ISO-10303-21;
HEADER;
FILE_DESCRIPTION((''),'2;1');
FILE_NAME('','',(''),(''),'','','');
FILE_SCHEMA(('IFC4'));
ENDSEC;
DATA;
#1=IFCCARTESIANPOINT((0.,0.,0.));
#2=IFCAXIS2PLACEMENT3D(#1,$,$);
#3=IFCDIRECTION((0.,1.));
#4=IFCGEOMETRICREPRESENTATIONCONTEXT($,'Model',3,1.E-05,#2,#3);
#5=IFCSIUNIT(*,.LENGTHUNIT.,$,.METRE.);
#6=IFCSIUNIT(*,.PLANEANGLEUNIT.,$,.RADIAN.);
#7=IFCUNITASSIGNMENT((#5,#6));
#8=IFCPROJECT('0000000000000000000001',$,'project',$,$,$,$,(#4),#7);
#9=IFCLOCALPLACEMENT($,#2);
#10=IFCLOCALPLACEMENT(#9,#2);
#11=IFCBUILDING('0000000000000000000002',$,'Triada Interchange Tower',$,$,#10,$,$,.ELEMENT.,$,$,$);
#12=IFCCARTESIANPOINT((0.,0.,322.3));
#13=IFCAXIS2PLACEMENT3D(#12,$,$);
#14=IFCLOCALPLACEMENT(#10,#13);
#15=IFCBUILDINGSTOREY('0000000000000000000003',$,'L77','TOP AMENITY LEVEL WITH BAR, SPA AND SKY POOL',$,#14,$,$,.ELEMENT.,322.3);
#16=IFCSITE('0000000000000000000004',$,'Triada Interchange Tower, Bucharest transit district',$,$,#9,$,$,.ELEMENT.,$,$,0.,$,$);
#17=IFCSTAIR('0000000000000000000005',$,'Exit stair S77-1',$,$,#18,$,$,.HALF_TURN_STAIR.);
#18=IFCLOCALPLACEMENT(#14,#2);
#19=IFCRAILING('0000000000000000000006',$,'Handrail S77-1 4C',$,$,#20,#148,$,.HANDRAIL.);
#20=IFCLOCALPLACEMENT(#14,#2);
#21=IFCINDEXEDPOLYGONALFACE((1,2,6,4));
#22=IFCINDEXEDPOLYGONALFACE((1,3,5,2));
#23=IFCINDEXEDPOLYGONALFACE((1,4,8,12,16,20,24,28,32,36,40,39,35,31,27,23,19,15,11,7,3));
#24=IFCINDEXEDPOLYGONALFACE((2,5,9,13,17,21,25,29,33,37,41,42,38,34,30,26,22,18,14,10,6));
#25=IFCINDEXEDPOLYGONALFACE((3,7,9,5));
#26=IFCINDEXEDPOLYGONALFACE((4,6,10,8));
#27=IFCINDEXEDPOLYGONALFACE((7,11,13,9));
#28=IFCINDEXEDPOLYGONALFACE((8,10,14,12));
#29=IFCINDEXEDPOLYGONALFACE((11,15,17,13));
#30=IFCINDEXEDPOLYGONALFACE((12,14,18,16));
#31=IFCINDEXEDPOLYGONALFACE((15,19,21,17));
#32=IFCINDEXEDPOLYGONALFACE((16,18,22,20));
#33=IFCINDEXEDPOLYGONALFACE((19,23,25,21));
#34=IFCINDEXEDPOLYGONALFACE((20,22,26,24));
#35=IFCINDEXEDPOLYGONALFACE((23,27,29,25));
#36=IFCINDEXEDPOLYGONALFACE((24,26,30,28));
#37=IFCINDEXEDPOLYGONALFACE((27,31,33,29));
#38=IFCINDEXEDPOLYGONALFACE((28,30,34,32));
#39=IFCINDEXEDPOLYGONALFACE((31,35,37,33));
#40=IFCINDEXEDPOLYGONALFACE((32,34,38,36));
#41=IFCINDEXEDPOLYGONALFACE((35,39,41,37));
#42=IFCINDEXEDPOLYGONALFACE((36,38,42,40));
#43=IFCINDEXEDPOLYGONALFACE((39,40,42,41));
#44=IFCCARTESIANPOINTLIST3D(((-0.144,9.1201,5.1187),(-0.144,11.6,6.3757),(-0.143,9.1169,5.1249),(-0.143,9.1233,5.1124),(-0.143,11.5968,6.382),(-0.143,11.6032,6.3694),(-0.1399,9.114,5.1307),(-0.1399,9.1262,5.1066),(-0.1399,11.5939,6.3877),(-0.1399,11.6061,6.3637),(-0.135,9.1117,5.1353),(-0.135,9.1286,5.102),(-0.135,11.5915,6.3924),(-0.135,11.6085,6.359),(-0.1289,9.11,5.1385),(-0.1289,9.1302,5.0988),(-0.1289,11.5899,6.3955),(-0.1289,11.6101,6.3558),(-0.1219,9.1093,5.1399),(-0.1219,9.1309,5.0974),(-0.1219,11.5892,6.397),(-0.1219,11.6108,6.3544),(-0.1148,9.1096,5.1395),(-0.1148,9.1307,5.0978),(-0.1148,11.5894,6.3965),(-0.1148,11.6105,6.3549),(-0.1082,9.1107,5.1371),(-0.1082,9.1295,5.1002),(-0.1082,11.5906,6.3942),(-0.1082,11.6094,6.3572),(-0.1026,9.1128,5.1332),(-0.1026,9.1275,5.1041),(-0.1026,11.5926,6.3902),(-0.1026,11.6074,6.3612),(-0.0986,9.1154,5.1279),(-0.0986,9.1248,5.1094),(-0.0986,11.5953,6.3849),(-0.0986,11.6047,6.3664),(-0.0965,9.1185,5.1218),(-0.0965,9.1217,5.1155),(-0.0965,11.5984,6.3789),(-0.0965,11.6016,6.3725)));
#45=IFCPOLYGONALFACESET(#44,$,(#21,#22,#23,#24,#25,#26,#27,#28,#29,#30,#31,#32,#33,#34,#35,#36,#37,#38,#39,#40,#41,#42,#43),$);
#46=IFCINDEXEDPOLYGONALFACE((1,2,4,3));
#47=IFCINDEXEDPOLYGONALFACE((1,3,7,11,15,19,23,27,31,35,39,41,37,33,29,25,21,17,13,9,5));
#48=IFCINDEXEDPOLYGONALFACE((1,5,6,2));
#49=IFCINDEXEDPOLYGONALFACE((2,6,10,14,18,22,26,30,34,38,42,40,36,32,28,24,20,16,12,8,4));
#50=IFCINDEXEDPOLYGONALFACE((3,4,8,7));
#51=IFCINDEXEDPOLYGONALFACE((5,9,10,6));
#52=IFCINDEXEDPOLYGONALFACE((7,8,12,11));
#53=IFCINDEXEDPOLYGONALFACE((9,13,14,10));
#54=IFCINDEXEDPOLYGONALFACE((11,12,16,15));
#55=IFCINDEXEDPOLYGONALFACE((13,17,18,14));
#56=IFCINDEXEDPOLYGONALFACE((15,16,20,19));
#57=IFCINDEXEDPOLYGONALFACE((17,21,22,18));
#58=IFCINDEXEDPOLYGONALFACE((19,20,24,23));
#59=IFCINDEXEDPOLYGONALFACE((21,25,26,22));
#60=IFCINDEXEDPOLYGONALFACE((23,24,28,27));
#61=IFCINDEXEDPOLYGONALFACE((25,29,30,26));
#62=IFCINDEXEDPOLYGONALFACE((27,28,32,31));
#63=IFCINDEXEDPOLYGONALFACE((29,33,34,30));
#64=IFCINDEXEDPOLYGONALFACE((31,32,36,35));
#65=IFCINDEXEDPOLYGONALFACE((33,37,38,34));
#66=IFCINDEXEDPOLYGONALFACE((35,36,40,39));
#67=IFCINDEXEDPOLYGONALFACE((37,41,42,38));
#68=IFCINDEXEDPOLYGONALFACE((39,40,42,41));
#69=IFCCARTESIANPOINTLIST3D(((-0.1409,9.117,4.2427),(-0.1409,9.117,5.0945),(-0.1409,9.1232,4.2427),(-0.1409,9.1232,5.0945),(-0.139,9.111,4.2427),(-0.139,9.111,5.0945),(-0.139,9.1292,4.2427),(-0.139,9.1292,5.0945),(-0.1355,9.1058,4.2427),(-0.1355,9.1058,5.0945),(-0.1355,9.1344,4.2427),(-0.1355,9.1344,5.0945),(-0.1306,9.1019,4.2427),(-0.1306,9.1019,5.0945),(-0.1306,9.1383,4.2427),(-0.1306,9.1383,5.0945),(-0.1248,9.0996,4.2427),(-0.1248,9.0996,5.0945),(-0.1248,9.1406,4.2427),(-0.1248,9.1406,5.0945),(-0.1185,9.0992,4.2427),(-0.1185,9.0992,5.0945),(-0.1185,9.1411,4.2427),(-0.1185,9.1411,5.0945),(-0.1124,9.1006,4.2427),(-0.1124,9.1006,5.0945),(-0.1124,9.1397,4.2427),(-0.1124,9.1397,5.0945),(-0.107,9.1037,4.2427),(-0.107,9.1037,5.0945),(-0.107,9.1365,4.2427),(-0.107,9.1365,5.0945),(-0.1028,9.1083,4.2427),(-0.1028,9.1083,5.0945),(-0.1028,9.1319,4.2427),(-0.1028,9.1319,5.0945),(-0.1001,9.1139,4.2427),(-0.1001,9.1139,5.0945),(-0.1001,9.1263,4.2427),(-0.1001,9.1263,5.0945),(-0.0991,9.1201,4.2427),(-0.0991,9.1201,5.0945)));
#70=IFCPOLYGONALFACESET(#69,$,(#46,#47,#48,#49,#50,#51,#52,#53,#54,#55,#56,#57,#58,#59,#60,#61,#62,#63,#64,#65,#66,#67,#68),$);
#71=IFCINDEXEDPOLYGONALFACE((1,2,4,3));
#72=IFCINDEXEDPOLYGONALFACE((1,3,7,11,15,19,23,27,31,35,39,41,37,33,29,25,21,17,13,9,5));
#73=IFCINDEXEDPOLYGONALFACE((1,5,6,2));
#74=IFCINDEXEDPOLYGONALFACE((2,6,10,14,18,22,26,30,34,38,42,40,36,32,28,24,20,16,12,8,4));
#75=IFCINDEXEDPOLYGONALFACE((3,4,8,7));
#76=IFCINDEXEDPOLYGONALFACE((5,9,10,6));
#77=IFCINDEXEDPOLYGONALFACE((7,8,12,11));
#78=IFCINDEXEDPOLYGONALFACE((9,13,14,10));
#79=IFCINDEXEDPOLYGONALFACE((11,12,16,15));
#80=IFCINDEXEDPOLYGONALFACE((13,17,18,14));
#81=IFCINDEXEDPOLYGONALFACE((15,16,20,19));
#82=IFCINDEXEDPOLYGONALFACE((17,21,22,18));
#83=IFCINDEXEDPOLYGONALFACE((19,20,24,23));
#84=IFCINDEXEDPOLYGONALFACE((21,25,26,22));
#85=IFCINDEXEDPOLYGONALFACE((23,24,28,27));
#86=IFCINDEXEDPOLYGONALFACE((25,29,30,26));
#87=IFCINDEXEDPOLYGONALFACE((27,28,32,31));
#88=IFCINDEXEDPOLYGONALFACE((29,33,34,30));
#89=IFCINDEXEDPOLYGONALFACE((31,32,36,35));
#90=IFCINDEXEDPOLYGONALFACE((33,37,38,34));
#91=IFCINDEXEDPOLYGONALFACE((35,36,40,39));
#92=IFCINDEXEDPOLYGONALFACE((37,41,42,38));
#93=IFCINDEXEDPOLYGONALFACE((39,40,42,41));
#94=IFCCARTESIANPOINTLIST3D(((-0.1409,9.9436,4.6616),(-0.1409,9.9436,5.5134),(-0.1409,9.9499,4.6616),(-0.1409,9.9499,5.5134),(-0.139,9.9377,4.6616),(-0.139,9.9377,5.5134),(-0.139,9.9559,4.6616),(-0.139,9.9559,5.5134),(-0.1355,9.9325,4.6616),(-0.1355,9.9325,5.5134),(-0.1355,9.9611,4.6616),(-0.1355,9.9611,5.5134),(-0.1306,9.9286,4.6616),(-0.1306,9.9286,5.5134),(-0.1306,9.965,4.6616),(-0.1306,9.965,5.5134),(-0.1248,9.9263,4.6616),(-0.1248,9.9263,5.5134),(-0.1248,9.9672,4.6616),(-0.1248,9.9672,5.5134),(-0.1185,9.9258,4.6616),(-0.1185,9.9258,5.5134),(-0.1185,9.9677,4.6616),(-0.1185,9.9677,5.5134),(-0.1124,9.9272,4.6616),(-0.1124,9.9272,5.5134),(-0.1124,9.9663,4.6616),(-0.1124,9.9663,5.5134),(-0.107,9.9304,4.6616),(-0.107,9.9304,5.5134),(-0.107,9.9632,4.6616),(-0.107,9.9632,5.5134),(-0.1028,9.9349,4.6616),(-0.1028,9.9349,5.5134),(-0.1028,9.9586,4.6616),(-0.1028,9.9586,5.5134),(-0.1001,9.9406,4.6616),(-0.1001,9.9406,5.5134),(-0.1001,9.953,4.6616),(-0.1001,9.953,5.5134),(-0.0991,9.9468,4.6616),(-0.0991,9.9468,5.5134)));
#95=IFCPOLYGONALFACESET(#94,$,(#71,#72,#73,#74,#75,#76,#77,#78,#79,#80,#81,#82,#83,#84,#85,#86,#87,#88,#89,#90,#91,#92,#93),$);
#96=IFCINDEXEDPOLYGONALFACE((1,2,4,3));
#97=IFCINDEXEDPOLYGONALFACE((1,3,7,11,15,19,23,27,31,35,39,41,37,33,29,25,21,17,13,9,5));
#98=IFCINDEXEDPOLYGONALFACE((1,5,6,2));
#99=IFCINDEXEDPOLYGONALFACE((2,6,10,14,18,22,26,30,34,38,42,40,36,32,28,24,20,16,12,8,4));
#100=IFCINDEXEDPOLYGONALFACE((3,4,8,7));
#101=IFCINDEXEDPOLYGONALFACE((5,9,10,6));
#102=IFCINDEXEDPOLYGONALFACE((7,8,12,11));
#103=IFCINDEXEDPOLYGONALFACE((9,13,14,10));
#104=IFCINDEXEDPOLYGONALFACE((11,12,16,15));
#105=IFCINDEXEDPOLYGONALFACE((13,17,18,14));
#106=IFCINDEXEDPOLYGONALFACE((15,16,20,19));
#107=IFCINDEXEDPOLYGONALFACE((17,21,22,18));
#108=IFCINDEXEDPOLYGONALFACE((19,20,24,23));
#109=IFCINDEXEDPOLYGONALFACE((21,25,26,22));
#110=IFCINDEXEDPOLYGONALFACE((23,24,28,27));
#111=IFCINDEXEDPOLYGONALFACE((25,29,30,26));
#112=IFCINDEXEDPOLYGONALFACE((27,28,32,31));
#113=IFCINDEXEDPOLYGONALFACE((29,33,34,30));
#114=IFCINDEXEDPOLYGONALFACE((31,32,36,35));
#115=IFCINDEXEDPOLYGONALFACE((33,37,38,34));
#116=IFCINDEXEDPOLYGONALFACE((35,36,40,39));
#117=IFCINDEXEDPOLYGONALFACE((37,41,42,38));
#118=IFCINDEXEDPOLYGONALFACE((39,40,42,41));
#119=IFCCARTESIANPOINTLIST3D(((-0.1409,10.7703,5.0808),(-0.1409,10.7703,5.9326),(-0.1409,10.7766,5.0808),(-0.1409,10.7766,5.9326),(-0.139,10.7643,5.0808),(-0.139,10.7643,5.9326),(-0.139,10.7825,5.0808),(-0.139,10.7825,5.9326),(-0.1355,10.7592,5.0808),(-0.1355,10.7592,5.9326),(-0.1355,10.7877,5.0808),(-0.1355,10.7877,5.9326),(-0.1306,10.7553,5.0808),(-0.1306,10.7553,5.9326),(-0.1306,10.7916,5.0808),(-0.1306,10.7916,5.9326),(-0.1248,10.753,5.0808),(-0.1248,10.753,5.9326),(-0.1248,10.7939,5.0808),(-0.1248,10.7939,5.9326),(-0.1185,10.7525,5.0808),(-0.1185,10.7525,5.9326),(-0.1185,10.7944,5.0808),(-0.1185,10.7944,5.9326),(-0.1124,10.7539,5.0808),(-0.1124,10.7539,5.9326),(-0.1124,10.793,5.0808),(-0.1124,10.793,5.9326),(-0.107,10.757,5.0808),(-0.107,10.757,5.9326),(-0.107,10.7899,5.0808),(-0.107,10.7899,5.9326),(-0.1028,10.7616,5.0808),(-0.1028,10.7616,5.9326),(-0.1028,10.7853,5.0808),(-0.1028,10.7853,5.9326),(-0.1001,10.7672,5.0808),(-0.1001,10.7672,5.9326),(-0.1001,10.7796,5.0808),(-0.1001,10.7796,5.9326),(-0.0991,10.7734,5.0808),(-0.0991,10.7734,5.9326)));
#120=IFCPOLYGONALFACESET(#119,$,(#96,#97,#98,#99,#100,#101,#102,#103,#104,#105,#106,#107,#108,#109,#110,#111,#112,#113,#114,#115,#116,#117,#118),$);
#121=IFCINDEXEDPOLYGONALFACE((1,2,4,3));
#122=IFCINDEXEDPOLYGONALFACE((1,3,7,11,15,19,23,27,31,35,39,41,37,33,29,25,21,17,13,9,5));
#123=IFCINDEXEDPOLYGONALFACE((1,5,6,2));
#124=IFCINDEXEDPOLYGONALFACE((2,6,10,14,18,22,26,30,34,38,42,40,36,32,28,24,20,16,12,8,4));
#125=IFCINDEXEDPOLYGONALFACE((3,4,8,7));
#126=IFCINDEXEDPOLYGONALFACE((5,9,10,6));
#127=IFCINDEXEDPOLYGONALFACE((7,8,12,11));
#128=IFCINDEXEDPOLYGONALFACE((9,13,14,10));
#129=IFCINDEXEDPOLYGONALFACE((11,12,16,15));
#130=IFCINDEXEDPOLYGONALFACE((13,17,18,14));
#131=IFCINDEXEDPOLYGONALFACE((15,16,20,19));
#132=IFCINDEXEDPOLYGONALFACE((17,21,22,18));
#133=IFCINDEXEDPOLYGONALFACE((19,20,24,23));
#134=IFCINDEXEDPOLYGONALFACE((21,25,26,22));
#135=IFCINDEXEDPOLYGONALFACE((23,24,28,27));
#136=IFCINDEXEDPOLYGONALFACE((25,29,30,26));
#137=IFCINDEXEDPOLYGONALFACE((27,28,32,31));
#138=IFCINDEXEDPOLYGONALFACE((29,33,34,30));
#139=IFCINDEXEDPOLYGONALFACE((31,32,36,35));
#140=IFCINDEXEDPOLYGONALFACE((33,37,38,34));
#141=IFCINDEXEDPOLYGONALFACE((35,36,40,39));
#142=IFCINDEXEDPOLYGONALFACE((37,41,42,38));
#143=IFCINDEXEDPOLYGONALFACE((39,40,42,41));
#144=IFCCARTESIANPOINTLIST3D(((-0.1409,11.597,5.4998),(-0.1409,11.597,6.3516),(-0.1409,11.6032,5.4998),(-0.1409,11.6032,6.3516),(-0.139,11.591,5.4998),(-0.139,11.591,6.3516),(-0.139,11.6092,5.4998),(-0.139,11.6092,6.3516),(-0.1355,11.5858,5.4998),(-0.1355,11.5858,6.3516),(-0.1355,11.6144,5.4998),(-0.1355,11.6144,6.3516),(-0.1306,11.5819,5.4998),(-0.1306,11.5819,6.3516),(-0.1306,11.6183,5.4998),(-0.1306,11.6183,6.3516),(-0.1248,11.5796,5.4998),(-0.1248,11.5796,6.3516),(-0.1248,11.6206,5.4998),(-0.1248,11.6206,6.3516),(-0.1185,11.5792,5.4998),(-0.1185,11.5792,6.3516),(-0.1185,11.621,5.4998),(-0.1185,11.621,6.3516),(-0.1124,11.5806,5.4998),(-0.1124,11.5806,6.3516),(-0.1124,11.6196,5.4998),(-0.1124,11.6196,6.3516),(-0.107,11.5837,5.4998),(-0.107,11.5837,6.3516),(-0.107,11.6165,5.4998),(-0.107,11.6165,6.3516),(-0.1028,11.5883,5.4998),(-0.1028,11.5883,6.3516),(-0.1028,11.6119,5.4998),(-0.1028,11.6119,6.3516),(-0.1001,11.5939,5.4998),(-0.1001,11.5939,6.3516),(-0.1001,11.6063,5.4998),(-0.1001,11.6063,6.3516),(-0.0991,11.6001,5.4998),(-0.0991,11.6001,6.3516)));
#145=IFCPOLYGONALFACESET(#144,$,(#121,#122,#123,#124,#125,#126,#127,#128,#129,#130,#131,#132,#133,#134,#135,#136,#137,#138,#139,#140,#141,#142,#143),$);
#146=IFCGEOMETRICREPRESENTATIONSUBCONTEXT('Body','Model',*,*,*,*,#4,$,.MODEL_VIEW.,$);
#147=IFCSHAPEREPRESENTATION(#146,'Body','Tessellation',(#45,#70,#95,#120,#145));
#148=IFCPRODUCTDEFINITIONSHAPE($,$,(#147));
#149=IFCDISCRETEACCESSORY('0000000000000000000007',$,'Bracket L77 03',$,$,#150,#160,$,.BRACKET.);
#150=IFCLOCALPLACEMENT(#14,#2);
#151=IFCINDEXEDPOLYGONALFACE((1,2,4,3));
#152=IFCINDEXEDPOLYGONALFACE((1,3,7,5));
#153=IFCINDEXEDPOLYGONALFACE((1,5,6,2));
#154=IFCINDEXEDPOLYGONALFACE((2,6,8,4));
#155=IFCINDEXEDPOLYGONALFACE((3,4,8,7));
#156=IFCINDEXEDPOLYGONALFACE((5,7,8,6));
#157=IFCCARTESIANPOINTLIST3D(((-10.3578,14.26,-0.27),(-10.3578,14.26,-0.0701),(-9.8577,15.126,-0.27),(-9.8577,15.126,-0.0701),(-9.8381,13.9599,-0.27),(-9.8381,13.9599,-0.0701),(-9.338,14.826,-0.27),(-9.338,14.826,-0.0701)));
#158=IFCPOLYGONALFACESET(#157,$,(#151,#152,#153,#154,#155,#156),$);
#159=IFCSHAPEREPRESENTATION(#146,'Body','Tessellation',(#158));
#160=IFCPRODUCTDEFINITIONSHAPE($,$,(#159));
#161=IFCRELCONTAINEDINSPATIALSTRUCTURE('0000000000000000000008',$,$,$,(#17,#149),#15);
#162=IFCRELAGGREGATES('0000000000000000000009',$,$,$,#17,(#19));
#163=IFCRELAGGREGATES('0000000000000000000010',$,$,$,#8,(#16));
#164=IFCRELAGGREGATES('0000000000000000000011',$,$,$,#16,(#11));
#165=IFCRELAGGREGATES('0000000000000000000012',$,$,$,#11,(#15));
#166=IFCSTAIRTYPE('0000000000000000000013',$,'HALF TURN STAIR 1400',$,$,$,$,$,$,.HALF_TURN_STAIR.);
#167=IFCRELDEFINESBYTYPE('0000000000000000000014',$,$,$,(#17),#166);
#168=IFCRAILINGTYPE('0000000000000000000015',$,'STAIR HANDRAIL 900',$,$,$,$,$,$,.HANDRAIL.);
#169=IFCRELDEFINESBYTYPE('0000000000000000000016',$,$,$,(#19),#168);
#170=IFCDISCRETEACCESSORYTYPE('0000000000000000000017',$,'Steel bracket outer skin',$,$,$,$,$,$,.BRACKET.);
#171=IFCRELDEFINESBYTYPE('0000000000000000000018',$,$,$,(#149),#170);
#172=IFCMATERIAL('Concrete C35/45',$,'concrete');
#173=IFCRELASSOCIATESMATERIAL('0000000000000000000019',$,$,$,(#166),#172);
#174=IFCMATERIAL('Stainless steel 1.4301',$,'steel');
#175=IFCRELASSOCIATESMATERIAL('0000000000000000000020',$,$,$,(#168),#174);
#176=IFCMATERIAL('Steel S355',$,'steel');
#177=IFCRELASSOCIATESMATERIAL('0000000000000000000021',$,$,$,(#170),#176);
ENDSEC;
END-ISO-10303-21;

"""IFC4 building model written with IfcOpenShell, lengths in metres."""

from ifc_helpers import new_model, si_unit, direction, frame, origin, origin_2d, place, context, subcontext, project, spatial, rectangle, circle, extrude, material, type_object, element, aggregate, save


model = new_model("IFC4")

# Units and contexts
model_context = context("Model", 3, precision=1e-05, world=origin(), true_north=direction((0.0, 1.0)))
body_context = subcontext(model_context, "Body", "Model", "MODEL_VIEW")
ifc_project = project(units=[si_unit("LENGTHUNIT", "METRE"), si_unit("PLANEANGLEUNIT", "RADIAN")], contexts=[model_context])

# Site, building, storey
site_placement = place(None, origin())
site = spatial("IfcSite", under=ifc_project, at=site_placement, Name="Triada Interchange Tower, Bucharest transit district", CompositionType="ELEMENT", RefElevation=0.0)
building_placement = place(site_placement, origin())
building = spatial("IfcBuilding", under=site, at=building_placement, Name="Triada Interchange Tower", CompositionType="ELEMENT")
storey_placement = place(building_placement, frame((0.0, 0.0, 322.3)))
storey = spatial("IfcBuildingStorey", under=building, at=storey_placement, Name="L77", Description="TOP AMENITY LEVEL WITH BAR, SPA AND SKY POOL", CompositionType="ELEMENT", Elevation=322.3)

# Stair, railing
ifc_material_1 = material(Name="Concrete C35/45", Category="concrete")
stair_type = type_object("IfcStairType", Name="HALF TURN STAIR 1400", PredefinedType="HALF_TURN_STAIR", material=ifc_material_1)
stair_placement = place(storey_placement, origin())
stair = element("IfcStair", 1, at=stair_placement, inside=storey, type_object=stair_type, Name="Exit stair S77-1", PredefinedType="HALF_TURN_STAIR")
ifc_material_2 = material(Name="Stainless steel 1.4301", Category="steel")
railing_type = type_object("IfcRailingType", Name="STAIR HANDRAIL 900", PredefinedType="HANDRAIL", material=ifc_material_2)
railing_1_placement = place(storey_placement, frame((-0.1201, 9.1201, 4.2427)))
railing_1 = element("IfcRailing", 2, at=railing_1_placement, type_object=railing_type, Name="Handrail S77-1 4C", PredefinedType="HANDRAIL", context=body_context, shape_type="SweptSolid", body=[
    extrude(circle(Radius=0.0239, at=origin_2d()), frame((0.0, 0.0, 0.876), z_axis=(0.0, 0.891955, 0.452124), x_axis=(-1.0, 0.0, 0.0)), (0.0, 0.0, 1.0), 2.7803),
    extrude(circle(Radius=0.021, at=origin_2d()), origin(), (0.0, 0.0, 1.0), 0.8518),
    extrude(circle(Radius=0.021, at=origin_2d()), frame((0.0, 0.8267, 0.4189)), (0.0, 0.0, 1.0), 0.8518),
    extrude(circle(Radius=0.021, at=origin_2d()), frame((0.0, 1.6533, 0.8381)), (0.0, 0.0, 1.0), 0.8518),
    extrude(circle(Radius=0.021, at=origin_2d()), frame((0.0, 2.48, 1.2571)), (0.0, 0.0, 1.0), 0.8518),
])
aggregate(stair, [railing_1])

# Discrete accessory
ifc_material_3 = material(Name="Steel S355", Category="steel")
discrete_accessory_type = type_object("IfcDiscreteAccessoryType", Name="Steel bracket outer skin", PredefinedType="BRACKET", material=ifc_material_3)
discrete_accessory_placement = place(storey_placement, frame((-9.8479, 14.543, -0.27), z_axis=(0.0, 0.0, 1.0), x_axis=(-0.866019, 0.500011, 0.0)))
element("IfcDiscreteAccessory", 3, at=discrete_accessory_placement, inside=storey, type_object=discrete_accessory_type, Name="Bracket L77 03", PredefinedType="BRACKET", context=body_context, shape_type="SweptSolid", body=[
    extrude(rectangle(XDim=0.6001, YDim=1.0, at=origin_2d()), origin(), (0.0, 0.0, 1.0), 0.2),
])

save(model, "model.ifc")
